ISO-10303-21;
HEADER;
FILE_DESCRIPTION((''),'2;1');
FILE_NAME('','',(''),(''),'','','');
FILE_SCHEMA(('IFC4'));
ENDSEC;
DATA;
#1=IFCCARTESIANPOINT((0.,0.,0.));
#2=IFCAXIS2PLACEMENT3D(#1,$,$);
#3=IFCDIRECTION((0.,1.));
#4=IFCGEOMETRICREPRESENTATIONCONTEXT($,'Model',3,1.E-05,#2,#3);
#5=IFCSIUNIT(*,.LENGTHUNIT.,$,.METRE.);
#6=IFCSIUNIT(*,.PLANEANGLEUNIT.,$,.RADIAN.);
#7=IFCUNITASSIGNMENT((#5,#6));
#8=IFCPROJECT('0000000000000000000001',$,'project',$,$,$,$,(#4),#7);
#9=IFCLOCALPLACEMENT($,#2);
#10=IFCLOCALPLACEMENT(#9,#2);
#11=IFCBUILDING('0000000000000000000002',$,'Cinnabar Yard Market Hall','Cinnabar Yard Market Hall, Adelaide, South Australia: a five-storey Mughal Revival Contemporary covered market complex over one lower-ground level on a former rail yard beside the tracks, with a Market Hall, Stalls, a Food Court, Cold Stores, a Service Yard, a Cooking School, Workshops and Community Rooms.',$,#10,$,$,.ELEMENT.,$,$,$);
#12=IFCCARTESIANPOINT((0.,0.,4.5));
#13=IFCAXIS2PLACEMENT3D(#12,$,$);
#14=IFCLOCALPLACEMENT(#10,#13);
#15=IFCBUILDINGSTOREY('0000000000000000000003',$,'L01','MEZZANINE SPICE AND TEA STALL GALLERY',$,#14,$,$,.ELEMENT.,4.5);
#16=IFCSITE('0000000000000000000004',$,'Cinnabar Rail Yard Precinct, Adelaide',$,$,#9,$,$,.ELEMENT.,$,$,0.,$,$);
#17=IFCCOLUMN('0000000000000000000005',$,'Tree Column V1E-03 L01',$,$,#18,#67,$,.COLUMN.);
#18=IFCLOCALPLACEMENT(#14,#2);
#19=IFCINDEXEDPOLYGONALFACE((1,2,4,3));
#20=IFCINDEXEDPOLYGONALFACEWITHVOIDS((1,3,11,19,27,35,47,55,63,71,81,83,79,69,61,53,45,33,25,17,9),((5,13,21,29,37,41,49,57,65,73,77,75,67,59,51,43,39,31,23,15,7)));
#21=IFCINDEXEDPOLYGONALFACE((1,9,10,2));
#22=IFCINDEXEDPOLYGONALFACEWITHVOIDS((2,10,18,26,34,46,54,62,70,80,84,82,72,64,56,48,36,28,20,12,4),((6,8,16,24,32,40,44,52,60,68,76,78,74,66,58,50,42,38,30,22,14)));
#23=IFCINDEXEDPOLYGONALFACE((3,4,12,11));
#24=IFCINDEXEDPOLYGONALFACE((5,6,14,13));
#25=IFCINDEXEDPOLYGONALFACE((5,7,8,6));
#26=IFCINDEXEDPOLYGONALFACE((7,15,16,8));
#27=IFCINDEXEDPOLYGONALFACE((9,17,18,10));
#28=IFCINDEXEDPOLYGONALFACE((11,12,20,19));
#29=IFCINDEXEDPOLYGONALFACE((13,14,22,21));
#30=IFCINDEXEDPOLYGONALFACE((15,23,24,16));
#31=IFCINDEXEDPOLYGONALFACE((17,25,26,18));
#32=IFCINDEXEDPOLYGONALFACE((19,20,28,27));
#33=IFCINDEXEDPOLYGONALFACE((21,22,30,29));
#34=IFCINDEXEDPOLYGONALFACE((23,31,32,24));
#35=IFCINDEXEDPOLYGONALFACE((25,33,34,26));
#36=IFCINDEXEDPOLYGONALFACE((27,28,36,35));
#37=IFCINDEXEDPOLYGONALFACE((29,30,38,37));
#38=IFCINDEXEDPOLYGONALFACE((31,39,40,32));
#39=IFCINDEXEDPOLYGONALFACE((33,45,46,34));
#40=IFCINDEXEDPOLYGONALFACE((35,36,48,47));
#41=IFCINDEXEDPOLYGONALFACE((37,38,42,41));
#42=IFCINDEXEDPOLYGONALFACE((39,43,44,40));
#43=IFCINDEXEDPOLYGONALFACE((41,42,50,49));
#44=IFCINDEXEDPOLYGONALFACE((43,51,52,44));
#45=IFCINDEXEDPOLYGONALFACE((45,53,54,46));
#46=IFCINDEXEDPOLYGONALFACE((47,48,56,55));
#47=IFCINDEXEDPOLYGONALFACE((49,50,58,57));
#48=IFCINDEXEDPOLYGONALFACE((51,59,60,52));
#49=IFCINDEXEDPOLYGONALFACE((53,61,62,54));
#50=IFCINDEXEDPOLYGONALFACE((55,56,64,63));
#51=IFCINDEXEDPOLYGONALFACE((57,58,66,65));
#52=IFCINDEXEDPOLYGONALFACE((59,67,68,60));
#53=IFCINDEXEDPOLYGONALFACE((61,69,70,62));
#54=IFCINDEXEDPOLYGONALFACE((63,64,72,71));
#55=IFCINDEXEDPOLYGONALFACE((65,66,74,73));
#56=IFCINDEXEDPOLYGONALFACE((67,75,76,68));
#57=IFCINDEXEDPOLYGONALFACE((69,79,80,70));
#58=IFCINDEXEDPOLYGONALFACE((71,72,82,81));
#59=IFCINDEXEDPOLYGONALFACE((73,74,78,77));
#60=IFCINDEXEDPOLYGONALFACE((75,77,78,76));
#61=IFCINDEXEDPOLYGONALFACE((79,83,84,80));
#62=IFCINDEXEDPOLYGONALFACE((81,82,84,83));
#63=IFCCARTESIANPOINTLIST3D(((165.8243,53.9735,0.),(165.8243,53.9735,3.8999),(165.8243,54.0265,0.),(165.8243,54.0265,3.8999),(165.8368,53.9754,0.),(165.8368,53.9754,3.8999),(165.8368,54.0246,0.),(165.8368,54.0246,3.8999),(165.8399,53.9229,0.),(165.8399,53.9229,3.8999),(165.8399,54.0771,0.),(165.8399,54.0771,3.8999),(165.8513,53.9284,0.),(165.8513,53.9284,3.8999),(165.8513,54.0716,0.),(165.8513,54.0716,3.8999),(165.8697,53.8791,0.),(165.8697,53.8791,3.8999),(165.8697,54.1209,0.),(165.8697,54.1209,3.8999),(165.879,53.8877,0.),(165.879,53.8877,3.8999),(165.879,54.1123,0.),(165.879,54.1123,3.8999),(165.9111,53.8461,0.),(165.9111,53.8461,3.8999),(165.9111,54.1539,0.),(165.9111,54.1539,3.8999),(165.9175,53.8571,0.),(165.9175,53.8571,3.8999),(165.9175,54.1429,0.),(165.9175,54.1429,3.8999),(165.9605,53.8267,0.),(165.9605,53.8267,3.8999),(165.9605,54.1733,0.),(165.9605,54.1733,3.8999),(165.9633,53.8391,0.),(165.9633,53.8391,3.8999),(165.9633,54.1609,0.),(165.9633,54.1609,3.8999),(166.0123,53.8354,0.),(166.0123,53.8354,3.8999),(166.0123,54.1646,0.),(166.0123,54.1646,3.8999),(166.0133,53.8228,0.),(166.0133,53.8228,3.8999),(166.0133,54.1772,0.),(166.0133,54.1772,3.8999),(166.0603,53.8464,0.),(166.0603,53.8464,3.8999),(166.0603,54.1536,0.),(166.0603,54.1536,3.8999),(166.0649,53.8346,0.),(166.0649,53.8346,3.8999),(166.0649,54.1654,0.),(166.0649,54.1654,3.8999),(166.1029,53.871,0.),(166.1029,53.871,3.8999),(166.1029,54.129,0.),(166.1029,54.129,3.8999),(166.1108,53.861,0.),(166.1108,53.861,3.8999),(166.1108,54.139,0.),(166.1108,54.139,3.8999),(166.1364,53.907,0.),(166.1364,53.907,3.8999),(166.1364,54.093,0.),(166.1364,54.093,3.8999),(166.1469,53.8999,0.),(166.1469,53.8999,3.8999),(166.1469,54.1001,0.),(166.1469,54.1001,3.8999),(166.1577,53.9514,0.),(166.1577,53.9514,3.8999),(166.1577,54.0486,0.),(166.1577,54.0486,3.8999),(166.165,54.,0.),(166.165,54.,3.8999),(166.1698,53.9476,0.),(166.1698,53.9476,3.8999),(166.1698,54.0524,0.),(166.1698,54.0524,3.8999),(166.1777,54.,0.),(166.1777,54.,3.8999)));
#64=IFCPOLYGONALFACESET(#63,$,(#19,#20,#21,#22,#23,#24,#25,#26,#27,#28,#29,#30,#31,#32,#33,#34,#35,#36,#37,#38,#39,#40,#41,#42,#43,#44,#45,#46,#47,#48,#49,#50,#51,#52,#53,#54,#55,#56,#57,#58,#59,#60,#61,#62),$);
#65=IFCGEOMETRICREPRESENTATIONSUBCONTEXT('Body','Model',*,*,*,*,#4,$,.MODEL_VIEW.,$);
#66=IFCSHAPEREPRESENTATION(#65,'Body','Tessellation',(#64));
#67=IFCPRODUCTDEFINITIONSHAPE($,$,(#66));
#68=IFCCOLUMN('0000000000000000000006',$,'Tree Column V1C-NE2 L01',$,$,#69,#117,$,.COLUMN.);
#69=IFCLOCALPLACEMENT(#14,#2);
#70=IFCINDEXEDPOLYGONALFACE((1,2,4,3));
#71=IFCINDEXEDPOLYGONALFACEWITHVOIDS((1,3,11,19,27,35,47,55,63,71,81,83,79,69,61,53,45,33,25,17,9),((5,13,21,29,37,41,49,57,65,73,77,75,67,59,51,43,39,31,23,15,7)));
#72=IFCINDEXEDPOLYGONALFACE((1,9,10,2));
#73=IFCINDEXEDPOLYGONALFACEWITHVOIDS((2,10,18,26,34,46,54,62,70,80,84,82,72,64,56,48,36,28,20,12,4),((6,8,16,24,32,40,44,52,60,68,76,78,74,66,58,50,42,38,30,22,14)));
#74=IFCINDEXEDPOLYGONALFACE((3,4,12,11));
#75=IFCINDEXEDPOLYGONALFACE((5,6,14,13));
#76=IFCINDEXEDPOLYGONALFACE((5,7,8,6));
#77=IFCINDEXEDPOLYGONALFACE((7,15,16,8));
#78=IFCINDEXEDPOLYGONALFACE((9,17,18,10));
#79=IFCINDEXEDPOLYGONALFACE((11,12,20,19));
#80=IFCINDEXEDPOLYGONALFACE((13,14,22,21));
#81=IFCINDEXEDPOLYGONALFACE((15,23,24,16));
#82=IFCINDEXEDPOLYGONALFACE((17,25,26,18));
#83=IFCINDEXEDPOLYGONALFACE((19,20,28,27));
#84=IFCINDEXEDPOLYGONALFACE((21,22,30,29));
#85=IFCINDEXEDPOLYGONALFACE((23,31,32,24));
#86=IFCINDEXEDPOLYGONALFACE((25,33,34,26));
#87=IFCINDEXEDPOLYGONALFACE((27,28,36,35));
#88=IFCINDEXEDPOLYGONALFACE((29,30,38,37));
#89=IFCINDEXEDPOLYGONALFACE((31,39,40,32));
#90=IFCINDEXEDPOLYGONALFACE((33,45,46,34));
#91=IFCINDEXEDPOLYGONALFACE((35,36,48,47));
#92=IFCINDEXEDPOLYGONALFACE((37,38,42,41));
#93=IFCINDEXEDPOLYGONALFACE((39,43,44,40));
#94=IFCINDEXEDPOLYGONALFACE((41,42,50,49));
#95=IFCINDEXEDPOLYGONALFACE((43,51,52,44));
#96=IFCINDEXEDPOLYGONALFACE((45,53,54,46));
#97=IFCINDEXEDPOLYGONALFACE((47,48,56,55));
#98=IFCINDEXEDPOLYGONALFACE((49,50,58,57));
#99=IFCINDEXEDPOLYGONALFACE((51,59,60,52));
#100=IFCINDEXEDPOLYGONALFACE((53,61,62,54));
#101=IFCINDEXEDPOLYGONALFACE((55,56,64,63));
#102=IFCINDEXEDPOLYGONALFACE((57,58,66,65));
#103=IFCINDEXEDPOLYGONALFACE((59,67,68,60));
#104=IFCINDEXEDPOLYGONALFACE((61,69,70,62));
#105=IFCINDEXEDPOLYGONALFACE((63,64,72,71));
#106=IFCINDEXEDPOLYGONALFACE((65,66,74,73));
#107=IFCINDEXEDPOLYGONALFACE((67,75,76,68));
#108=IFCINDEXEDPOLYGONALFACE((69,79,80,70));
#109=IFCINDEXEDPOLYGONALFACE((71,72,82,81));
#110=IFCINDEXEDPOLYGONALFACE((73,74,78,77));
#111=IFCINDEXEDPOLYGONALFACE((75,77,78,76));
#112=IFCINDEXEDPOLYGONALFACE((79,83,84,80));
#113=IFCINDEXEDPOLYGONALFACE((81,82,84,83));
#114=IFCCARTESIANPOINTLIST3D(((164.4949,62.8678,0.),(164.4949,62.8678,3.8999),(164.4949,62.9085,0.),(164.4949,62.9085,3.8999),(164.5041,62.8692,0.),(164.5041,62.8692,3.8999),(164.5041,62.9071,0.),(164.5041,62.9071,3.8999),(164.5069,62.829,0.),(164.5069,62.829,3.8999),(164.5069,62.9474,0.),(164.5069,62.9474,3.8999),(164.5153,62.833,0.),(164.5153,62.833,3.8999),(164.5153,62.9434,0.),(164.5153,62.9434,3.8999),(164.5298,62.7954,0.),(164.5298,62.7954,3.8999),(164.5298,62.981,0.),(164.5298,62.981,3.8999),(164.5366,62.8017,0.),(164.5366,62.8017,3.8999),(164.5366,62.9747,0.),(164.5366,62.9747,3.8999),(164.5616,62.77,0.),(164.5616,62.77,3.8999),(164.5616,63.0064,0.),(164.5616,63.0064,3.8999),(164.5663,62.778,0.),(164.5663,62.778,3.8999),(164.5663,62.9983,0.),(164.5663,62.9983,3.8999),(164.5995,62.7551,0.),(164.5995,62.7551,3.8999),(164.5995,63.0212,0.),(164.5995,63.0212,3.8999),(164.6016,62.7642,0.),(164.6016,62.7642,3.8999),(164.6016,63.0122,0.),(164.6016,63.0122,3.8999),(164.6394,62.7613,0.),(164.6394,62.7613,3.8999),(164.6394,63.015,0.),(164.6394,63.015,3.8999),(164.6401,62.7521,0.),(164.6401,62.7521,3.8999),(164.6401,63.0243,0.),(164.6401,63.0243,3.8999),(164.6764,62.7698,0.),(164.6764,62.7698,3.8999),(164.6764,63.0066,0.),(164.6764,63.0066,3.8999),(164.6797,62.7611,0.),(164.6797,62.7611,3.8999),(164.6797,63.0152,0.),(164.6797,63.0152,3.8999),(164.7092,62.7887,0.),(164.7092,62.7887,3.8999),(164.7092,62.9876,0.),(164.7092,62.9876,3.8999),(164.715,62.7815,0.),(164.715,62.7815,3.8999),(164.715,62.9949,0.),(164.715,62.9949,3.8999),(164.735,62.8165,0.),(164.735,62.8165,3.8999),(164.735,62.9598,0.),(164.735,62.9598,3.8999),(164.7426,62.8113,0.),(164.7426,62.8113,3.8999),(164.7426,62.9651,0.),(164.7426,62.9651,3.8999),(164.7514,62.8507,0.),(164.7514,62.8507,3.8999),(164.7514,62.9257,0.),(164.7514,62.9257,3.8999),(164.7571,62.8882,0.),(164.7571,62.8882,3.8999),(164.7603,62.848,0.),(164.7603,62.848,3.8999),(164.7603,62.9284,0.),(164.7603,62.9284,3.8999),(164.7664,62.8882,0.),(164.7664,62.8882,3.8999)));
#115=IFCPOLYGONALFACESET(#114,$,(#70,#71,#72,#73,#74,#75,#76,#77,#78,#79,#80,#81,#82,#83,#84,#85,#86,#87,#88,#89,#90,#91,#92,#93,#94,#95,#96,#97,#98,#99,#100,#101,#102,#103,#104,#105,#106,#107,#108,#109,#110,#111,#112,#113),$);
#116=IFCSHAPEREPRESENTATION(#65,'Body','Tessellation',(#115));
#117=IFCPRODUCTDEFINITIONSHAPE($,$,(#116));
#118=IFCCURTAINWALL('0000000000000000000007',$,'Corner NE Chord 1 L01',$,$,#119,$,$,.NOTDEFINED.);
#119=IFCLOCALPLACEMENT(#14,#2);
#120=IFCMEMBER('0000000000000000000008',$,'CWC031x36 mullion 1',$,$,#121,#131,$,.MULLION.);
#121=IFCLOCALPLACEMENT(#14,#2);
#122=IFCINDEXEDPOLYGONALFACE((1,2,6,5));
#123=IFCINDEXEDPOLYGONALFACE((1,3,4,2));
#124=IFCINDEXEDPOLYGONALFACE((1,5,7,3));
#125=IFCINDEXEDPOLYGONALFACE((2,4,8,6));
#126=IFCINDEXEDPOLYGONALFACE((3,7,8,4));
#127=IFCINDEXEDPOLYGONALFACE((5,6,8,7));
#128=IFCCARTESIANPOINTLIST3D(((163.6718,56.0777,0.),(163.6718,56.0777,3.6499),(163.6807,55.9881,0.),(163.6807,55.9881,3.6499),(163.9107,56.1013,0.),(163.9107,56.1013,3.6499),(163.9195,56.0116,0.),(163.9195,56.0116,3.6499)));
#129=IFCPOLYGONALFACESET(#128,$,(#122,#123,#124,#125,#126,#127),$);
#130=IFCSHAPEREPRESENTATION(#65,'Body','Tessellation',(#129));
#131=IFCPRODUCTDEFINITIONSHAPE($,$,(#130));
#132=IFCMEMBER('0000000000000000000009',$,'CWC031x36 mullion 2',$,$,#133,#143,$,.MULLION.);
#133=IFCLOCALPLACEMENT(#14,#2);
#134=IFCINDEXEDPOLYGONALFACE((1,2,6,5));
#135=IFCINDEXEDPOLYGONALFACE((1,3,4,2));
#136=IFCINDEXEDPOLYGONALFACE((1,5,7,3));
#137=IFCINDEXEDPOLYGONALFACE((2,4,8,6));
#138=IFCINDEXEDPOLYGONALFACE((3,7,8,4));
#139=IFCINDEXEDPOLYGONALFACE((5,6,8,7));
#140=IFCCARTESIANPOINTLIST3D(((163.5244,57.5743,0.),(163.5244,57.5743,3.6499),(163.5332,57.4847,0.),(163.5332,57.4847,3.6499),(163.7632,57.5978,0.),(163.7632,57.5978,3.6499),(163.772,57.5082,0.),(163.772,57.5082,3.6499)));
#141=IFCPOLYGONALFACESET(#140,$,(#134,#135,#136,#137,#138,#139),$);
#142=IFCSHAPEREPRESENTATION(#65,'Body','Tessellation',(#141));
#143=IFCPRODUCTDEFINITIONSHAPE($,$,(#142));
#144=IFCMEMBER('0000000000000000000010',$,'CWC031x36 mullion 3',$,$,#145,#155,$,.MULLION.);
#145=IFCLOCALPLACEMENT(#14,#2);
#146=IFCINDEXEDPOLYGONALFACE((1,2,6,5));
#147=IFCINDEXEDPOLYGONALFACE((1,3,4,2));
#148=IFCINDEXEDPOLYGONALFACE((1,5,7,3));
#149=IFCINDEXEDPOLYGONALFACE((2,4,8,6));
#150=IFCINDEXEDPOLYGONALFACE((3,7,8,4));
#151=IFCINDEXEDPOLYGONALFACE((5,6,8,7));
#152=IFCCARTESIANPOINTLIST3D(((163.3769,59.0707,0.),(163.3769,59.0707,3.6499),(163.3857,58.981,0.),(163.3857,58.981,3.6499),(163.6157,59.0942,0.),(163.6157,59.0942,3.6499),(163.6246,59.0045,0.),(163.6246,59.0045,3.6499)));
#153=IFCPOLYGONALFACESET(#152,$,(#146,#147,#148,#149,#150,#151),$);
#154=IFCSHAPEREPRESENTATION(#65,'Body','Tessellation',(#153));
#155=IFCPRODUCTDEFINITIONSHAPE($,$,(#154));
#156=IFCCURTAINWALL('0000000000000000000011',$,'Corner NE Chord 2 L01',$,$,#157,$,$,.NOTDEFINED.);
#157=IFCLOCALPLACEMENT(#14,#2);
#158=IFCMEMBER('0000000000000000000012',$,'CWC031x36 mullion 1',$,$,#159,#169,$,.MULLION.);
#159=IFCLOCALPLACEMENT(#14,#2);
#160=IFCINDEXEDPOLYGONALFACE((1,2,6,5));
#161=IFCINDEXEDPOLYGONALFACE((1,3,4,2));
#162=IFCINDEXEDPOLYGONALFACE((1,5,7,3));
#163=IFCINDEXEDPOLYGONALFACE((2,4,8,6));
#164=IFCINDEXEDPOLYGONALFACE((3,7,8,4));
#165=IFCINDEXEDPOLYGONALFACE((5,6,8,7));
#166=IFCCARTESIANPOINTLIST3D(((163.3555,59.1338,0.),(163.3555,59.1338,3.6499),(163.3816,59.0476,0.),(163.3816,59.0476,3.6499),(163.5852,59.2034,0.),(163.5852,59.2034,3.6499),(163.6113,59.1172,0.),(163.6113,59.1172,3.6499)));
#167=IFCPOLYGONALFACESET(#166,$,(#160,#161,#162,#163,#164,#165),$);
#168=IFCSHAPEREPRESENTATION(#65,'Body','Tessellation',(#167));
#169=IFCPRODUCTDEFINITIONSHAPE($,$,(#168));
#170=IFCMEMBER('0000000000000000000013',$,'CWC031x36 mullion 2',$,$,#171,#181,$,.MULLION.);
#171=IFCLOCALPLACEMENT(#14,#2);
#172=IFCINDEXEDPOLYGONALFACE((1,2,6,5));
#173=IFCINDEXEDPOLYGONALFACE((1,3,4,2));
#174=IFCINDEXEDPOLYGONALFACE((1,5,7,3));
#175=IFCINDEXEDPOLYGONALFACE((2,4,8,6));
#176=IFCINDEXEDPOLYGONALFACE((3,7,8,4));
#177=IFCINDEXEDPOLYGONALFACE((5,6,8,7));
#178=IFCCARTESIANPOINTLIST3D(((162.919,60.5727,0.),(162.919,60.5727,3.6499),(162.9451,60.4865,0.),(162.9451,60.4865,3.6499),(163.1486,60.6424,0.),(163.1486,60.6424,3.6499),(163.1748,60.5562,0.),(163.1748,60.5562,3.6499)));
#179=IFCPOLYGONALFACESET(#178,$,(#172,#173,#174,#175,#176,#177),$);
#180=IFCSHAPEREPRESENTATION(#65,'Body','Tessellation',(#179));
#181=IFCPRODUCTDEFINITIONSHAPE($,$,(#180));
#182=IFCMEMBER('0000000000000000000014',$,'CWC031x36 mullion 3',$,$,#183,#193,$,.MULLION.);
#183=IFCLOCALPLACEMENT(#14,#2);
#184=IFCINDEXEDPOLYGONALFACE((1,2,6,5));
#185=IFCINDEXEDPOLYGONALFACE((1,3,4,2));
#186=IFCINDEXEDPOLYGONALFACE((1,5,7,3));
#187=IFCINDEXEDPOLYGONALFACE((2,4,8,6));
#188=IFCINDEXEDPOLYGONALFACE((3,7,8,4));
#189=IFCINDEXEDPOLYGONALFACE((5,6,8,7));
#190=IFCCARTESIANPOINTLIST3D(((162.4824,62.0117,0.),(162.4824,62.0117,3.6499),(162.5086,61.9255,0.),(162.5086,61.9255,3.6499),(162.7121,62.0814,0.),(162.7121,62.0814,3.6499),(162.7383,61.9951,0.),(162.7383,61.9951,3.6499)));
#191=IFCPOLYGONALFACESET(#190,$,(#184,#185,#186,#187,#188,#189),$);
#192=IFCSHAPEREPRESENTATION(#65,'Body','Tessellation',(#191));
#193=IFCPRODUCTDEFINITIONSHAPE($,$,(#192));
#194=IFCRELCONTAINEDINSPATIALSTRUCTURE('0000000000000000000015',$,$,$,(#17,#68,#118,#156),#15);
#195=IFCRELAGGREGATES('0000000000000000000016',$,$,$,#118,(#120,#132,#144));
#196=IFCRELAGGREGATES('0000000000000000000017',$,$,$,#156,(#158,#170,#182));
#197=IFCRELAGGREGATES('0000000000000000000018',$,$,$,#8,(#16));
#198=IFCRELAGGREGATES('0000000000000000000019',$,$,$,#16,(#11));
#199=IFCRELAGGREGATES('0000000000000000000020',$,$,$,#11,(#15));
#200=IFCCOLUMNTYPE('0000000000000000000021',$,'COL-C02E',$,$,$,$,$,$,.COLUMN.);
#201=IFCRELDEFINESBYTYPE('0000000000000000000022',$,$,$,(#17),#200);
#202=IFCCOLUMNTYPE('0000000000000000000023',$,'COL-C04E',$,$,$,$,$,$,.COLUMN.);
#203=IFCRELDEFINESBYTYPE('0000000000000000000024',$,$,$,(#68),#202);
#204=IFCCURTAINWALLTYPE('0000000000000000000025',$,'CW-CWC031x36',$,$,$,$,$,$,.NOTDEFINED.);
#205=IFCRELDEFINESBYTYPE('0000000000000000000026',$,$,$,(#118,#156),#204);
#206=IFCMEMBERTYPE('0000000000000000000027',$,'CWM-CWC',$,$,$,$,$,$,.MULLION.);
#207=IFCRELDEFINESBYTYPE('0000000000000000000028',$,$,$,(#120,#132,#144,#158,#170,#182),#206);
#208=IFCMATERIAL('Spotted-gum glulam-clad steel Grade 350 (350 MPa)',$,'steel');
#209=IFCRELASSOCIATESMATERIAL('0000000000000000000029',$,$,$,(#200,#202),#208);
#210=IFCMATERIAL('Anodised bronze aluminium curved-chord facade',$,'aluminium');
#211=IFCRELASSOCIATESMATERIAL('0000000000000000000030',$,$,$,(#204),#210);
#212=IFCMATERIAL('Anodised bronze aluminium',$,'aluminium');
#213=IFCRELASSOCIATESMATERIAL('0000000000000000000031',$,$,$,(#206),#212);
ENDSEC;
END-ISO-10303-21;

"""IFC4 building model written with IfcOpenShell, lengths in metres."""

from ifc_helpers import new_model, si_unit, direction, frame, origin, origin_2d_with_axis, place, context, subcontext, project, spatial, rectangle, hollow_circle, extrude, material, material_profile, profile_set, type_object, element, aggregate, save


model = new_model("IFC4")

# Units and contexts
model_context = context("Model", 3, precision=1e-05, world=origin(), true_north=direction((0.0, 1.0)))
body_context = subcontext(model_context, "Body", "Model", "MODEL_VIEW")
ifc_project = project(units=[si_unit("LENGTHUNIT", "METRE"), si_unit("PLANEANGLEUNIT", "RADIAN")], contexts=[model_context])

# Site, building, storey
site_placement = place(None, origin())
site = spatial("IfcSite", under=ifc_project, at=site_placement, Name="Cinnabar Rail Yard Precinct, Adelaide", CompositionType="ELEMENT", RefElevation=0.0)
building_placement = place(site_placement, origin())
building = spatial("IfcBuilding", under=site, at=building_placement, Name="Cinnabar Yard Market Hall", Description="Cinnabar Yard Market Hall, Adelaide, South Australia: a five-storey Mughal Revival Contemporary covered market complex over one lower-ground level on a former rail yard beside the tracks, with a Market Hall, Stalls, a Food Court, Cold Stores, a Service Yard, a Cooking School, Workshops and Community Rooms.", CompositionType="ELEMENT")
storey_placement = place(building_placement, frame((0.0, 0.0, 4.5)))
storey = spatial("IfcBuildingStorey", under=building, at=storey_placement, Name="L01", Description="MEZZANINE SPICE AND TEA STALL GALLERY", CompositionType="ELEMENT", Elevation=4.5)

# Columns
ifc_material_1 = material(Name="Spotted-gum glulam-clad steel Grade 350 (350 MPa)", Category="steel")
ifc_material_profile_1 = material_profile(ifc_material_1, hollow_circle(Radius=0.1777, WallThickness=0.0127, at=origin_2d_with_axis()), Name="355.6x12.7CHS")
ifc_profile_set_1 = profile_set([ifc_material_profile_1], Name="Spotted-gum glulam-clad steel Grade 350 (350 MPa)")
column_type_1 = type_object("IfcColumnType", Name="COL-C02E", PredefinedType="COLUMN", material=ifc_profile_set_1)
column_1_placement = place(storey_placement, frame((166.0, 54.0, 0.0), z_axis=(0.0, 0.0, 1.0), x_axis=(1.0, 0.0, 0.0)))
element("IfcColumn", 1, at=column_1_placement, inside=storey, type_object=column_type_1, Name="Tree Column V1E-03 L01", PredefinedType="COLUMN", context=body_context, shape_type="SweptSolid", body=[
    extrude(hollow_circle(Radius=0.1777, WallThickness=0.0127, at=origin_2d_with_axis()), origin(), (0.0, 0.0, 1.0), 3.8999),
])
ifc_material_profile_2 = material_profile(ifc_material_1, hollow_circle(Radius=0.1365, WallThickness=0.0093, at=origin_2d_with_axis()), Name="273.1x9.3CHS")
ifc_profile_set_2 = profile_set([ifc_material_profile_2], Name="Spotted-gum glulam-clad steel Grade 350 (350 MPa)")
column_type_2 = type_object("IfcColumnType", Name="COL-C04E", PredefinedType="COLUMN", material=ifc_profile_set_2)
column_2_placement = place(storey_placement, frame((164.6299, 62.8882, 0.0), z_axis=(0.0, 0.0, 1.0), x_axis=(1.0, 0.0, 0.0)))
element("IfcColumn", 2, at=column_2_placement, inside=storey, type_object=column_type_2, Name="Tree Column V1C-NE2 L01", PredefinedType="COLUMN", context=body_context, shape_type="SweptSolid", body=[
    extrude(hollow_circle(Radius=0.1365, WallThickness=0.0093, at=origin_2d_with_axis()), origin(), (0.0, 0.0, 1.0), 3.8999),
])

# Curtain walls, members
ifc_material_2 = material(Name="Anodised bronze aluminium curved-chord facade", Category="aluminium")
curtain_wall_type_1 = type_object("IfcCurtainWallType", Name="CW-CWC031x36", PredefinedType="NOTDEFINED", material=ifc_material_2)
curtain_wall_1_placement = place(storey_placement, origin())
curtain_wall_1 = element("IfcCurtainWall", 3, at=curtain_wall_1_placement, inside=storey, type_object=curtain_wall_type_1, Name="Corner NE Chord 1 L01", PredefinedType="NOTDEFINED")
ifc_material_3 = material(Name="Anodised bronze aluminium", Category="aluminium")
ifc_material_profile_3 = material_profile(ifc_material_3, rectangle(XDim=0.24, YDim=0.0901, at=origin_2d_with_axis()), Name="MUL-CWC")
ifc_profile_set_3 = profile_set([ifc_material_profile_3], Name="Anodised bronze aluminium")
member_type_1 = type_object("IfcMemberType", Name="CWM-CWC", PredefinedType="MULLION", material=ifc_profile_set_3)
member_1_placement = place(storey_placement, frame((163.7957, 56.0447, 0.0), z_axis=(0.0, 0.0, 1.0), x_axis=(-0.995184, -0.09802, 0.0)))
member_1 = element("IfcMember", 4, at=member_1_placement, type_object=member_type_1, Name="CWC031x36 mullion 1", PredefinedType="MULLION", context=body_context, shape_type="SweptSolid", body=[
    extrude(rectangle(XDim=0.24, YDim=0.0901, at=origin_2d_with_axis()), origin(), (0.0, 0.0, 1.0), 3.6499),
])
member_2_placement = place(storey_placement, frame((163.6482, 57.5413, 0.0), z_axis=(0.0, 0.0, 1.0), x_axis=(-0.995184, -0.09802, 0.0)))
member_2 = element("IfcMember", 5, at=member_2_placement, type_object=member_type_1, Name="CWC031x36 mullion 2", PredefinedType="MULLION", context=body_context, shape_type="SweptSolid", body=[
    extrude(rectangle(XDim=0.24, YDim=0.0901, at=origin_2d_with_axis()), origin(), (0.0, 0.0, 1.0), 3.6499),
])
member_3_placement = place(storey_placement, frame((163.5007, 59.0376, 0.0), z_axis=(0.0, 0.0, 1.0), x_axis=(-0.995184, -0.09802, 0.0)))
member_3 = element("IfcMember", 6, at=member_3_placement, type_object=member_type_1, Name="CWC031x36 mullion 3", PredefinedType="MULLION", context=body_context, shape_type="SweptSolid", body=[
    extrude(rectangle(XDim=0.24, YDim=0.0901, at=origin_2d_with_axis()), origin(), (0.0, 0.0, 1.0), 3.6499),
])
curtain_wall_2_placement = place(storey_placement, origin())
curtain_wall_2 = element("IfcCurtainWall", 7, at=curtain_wall_2_placement, inside=storey, type_object=curtain_wall_type_1, Name="Corner NE Chord 2 L01", PredefinedType="NOTDEFINED")
member_4_placement = place(storey_placement, frame((163.4834, 59.1255, 0.0), z_axis=(0.0, 0.0, 1.0), x_axis=(-0.956942, -0.290279, 0.0)))
member_4 = element("IfcMember", 8, at=member_4_placement, type_object=member_type_1, Name="CWC031x36 mullion 1", PredefinedType="MULLION", context=body_context, shape_type="SweptSolid", body=[
    extrude(rectangle(XDim=0.24, YDim=0.0901, at=origin_2d_with_axis()), origin(), (0.0, 0.0, 1.0), 3.6499),
])
member_5_placement = place(storey_placement, frame((163.0469, 60.5645, 0.0), z_axis=(0.0, 0.0, 1.0), x_axis=(-0.956942, -0.290279, 0.0)))
member_5 = element("IfcMember", 9, at=member_5_placement, type_object=member_type_1, Name="CWC031x36 mullion 2", PredefinedType="MULLION", context=body_context, shape_type="SweptSolid", body=[
    extrude(rectangle(XDim=0.24, YDim=0.0901, at=origin_2d_with_axis()), origin(), (0.0, 0.0, 1.0), 3.6499),
])
member_6_placement = place(storey_placement, frame((162.6104, 62.0034, 0.0), z_axis=(0.0, 0.0, 1.0), x_axis=(-0.956942, -0.290279, 0.0)))
member_6 = element("IfcMember", 10, at=member_6_placement, type_object=member_type_1, Name="CWC031x36 mullion 3", PredefinedType="MULLION", context=body_context, shape_type="SweptSolid", body=[
    extrude(rectangle(XDim=0.24, YDim=0.0901, at=origin_2d_with_axis()), origin(), (0.0, 0.0, 1.0), 3.6499),
])

aggregate(curtain_wall_1, [member_1, member_2, member_3])
aggregate(curtain_wall_2, [member_4, member_5, member_6])

save(model, "model.ifc")
